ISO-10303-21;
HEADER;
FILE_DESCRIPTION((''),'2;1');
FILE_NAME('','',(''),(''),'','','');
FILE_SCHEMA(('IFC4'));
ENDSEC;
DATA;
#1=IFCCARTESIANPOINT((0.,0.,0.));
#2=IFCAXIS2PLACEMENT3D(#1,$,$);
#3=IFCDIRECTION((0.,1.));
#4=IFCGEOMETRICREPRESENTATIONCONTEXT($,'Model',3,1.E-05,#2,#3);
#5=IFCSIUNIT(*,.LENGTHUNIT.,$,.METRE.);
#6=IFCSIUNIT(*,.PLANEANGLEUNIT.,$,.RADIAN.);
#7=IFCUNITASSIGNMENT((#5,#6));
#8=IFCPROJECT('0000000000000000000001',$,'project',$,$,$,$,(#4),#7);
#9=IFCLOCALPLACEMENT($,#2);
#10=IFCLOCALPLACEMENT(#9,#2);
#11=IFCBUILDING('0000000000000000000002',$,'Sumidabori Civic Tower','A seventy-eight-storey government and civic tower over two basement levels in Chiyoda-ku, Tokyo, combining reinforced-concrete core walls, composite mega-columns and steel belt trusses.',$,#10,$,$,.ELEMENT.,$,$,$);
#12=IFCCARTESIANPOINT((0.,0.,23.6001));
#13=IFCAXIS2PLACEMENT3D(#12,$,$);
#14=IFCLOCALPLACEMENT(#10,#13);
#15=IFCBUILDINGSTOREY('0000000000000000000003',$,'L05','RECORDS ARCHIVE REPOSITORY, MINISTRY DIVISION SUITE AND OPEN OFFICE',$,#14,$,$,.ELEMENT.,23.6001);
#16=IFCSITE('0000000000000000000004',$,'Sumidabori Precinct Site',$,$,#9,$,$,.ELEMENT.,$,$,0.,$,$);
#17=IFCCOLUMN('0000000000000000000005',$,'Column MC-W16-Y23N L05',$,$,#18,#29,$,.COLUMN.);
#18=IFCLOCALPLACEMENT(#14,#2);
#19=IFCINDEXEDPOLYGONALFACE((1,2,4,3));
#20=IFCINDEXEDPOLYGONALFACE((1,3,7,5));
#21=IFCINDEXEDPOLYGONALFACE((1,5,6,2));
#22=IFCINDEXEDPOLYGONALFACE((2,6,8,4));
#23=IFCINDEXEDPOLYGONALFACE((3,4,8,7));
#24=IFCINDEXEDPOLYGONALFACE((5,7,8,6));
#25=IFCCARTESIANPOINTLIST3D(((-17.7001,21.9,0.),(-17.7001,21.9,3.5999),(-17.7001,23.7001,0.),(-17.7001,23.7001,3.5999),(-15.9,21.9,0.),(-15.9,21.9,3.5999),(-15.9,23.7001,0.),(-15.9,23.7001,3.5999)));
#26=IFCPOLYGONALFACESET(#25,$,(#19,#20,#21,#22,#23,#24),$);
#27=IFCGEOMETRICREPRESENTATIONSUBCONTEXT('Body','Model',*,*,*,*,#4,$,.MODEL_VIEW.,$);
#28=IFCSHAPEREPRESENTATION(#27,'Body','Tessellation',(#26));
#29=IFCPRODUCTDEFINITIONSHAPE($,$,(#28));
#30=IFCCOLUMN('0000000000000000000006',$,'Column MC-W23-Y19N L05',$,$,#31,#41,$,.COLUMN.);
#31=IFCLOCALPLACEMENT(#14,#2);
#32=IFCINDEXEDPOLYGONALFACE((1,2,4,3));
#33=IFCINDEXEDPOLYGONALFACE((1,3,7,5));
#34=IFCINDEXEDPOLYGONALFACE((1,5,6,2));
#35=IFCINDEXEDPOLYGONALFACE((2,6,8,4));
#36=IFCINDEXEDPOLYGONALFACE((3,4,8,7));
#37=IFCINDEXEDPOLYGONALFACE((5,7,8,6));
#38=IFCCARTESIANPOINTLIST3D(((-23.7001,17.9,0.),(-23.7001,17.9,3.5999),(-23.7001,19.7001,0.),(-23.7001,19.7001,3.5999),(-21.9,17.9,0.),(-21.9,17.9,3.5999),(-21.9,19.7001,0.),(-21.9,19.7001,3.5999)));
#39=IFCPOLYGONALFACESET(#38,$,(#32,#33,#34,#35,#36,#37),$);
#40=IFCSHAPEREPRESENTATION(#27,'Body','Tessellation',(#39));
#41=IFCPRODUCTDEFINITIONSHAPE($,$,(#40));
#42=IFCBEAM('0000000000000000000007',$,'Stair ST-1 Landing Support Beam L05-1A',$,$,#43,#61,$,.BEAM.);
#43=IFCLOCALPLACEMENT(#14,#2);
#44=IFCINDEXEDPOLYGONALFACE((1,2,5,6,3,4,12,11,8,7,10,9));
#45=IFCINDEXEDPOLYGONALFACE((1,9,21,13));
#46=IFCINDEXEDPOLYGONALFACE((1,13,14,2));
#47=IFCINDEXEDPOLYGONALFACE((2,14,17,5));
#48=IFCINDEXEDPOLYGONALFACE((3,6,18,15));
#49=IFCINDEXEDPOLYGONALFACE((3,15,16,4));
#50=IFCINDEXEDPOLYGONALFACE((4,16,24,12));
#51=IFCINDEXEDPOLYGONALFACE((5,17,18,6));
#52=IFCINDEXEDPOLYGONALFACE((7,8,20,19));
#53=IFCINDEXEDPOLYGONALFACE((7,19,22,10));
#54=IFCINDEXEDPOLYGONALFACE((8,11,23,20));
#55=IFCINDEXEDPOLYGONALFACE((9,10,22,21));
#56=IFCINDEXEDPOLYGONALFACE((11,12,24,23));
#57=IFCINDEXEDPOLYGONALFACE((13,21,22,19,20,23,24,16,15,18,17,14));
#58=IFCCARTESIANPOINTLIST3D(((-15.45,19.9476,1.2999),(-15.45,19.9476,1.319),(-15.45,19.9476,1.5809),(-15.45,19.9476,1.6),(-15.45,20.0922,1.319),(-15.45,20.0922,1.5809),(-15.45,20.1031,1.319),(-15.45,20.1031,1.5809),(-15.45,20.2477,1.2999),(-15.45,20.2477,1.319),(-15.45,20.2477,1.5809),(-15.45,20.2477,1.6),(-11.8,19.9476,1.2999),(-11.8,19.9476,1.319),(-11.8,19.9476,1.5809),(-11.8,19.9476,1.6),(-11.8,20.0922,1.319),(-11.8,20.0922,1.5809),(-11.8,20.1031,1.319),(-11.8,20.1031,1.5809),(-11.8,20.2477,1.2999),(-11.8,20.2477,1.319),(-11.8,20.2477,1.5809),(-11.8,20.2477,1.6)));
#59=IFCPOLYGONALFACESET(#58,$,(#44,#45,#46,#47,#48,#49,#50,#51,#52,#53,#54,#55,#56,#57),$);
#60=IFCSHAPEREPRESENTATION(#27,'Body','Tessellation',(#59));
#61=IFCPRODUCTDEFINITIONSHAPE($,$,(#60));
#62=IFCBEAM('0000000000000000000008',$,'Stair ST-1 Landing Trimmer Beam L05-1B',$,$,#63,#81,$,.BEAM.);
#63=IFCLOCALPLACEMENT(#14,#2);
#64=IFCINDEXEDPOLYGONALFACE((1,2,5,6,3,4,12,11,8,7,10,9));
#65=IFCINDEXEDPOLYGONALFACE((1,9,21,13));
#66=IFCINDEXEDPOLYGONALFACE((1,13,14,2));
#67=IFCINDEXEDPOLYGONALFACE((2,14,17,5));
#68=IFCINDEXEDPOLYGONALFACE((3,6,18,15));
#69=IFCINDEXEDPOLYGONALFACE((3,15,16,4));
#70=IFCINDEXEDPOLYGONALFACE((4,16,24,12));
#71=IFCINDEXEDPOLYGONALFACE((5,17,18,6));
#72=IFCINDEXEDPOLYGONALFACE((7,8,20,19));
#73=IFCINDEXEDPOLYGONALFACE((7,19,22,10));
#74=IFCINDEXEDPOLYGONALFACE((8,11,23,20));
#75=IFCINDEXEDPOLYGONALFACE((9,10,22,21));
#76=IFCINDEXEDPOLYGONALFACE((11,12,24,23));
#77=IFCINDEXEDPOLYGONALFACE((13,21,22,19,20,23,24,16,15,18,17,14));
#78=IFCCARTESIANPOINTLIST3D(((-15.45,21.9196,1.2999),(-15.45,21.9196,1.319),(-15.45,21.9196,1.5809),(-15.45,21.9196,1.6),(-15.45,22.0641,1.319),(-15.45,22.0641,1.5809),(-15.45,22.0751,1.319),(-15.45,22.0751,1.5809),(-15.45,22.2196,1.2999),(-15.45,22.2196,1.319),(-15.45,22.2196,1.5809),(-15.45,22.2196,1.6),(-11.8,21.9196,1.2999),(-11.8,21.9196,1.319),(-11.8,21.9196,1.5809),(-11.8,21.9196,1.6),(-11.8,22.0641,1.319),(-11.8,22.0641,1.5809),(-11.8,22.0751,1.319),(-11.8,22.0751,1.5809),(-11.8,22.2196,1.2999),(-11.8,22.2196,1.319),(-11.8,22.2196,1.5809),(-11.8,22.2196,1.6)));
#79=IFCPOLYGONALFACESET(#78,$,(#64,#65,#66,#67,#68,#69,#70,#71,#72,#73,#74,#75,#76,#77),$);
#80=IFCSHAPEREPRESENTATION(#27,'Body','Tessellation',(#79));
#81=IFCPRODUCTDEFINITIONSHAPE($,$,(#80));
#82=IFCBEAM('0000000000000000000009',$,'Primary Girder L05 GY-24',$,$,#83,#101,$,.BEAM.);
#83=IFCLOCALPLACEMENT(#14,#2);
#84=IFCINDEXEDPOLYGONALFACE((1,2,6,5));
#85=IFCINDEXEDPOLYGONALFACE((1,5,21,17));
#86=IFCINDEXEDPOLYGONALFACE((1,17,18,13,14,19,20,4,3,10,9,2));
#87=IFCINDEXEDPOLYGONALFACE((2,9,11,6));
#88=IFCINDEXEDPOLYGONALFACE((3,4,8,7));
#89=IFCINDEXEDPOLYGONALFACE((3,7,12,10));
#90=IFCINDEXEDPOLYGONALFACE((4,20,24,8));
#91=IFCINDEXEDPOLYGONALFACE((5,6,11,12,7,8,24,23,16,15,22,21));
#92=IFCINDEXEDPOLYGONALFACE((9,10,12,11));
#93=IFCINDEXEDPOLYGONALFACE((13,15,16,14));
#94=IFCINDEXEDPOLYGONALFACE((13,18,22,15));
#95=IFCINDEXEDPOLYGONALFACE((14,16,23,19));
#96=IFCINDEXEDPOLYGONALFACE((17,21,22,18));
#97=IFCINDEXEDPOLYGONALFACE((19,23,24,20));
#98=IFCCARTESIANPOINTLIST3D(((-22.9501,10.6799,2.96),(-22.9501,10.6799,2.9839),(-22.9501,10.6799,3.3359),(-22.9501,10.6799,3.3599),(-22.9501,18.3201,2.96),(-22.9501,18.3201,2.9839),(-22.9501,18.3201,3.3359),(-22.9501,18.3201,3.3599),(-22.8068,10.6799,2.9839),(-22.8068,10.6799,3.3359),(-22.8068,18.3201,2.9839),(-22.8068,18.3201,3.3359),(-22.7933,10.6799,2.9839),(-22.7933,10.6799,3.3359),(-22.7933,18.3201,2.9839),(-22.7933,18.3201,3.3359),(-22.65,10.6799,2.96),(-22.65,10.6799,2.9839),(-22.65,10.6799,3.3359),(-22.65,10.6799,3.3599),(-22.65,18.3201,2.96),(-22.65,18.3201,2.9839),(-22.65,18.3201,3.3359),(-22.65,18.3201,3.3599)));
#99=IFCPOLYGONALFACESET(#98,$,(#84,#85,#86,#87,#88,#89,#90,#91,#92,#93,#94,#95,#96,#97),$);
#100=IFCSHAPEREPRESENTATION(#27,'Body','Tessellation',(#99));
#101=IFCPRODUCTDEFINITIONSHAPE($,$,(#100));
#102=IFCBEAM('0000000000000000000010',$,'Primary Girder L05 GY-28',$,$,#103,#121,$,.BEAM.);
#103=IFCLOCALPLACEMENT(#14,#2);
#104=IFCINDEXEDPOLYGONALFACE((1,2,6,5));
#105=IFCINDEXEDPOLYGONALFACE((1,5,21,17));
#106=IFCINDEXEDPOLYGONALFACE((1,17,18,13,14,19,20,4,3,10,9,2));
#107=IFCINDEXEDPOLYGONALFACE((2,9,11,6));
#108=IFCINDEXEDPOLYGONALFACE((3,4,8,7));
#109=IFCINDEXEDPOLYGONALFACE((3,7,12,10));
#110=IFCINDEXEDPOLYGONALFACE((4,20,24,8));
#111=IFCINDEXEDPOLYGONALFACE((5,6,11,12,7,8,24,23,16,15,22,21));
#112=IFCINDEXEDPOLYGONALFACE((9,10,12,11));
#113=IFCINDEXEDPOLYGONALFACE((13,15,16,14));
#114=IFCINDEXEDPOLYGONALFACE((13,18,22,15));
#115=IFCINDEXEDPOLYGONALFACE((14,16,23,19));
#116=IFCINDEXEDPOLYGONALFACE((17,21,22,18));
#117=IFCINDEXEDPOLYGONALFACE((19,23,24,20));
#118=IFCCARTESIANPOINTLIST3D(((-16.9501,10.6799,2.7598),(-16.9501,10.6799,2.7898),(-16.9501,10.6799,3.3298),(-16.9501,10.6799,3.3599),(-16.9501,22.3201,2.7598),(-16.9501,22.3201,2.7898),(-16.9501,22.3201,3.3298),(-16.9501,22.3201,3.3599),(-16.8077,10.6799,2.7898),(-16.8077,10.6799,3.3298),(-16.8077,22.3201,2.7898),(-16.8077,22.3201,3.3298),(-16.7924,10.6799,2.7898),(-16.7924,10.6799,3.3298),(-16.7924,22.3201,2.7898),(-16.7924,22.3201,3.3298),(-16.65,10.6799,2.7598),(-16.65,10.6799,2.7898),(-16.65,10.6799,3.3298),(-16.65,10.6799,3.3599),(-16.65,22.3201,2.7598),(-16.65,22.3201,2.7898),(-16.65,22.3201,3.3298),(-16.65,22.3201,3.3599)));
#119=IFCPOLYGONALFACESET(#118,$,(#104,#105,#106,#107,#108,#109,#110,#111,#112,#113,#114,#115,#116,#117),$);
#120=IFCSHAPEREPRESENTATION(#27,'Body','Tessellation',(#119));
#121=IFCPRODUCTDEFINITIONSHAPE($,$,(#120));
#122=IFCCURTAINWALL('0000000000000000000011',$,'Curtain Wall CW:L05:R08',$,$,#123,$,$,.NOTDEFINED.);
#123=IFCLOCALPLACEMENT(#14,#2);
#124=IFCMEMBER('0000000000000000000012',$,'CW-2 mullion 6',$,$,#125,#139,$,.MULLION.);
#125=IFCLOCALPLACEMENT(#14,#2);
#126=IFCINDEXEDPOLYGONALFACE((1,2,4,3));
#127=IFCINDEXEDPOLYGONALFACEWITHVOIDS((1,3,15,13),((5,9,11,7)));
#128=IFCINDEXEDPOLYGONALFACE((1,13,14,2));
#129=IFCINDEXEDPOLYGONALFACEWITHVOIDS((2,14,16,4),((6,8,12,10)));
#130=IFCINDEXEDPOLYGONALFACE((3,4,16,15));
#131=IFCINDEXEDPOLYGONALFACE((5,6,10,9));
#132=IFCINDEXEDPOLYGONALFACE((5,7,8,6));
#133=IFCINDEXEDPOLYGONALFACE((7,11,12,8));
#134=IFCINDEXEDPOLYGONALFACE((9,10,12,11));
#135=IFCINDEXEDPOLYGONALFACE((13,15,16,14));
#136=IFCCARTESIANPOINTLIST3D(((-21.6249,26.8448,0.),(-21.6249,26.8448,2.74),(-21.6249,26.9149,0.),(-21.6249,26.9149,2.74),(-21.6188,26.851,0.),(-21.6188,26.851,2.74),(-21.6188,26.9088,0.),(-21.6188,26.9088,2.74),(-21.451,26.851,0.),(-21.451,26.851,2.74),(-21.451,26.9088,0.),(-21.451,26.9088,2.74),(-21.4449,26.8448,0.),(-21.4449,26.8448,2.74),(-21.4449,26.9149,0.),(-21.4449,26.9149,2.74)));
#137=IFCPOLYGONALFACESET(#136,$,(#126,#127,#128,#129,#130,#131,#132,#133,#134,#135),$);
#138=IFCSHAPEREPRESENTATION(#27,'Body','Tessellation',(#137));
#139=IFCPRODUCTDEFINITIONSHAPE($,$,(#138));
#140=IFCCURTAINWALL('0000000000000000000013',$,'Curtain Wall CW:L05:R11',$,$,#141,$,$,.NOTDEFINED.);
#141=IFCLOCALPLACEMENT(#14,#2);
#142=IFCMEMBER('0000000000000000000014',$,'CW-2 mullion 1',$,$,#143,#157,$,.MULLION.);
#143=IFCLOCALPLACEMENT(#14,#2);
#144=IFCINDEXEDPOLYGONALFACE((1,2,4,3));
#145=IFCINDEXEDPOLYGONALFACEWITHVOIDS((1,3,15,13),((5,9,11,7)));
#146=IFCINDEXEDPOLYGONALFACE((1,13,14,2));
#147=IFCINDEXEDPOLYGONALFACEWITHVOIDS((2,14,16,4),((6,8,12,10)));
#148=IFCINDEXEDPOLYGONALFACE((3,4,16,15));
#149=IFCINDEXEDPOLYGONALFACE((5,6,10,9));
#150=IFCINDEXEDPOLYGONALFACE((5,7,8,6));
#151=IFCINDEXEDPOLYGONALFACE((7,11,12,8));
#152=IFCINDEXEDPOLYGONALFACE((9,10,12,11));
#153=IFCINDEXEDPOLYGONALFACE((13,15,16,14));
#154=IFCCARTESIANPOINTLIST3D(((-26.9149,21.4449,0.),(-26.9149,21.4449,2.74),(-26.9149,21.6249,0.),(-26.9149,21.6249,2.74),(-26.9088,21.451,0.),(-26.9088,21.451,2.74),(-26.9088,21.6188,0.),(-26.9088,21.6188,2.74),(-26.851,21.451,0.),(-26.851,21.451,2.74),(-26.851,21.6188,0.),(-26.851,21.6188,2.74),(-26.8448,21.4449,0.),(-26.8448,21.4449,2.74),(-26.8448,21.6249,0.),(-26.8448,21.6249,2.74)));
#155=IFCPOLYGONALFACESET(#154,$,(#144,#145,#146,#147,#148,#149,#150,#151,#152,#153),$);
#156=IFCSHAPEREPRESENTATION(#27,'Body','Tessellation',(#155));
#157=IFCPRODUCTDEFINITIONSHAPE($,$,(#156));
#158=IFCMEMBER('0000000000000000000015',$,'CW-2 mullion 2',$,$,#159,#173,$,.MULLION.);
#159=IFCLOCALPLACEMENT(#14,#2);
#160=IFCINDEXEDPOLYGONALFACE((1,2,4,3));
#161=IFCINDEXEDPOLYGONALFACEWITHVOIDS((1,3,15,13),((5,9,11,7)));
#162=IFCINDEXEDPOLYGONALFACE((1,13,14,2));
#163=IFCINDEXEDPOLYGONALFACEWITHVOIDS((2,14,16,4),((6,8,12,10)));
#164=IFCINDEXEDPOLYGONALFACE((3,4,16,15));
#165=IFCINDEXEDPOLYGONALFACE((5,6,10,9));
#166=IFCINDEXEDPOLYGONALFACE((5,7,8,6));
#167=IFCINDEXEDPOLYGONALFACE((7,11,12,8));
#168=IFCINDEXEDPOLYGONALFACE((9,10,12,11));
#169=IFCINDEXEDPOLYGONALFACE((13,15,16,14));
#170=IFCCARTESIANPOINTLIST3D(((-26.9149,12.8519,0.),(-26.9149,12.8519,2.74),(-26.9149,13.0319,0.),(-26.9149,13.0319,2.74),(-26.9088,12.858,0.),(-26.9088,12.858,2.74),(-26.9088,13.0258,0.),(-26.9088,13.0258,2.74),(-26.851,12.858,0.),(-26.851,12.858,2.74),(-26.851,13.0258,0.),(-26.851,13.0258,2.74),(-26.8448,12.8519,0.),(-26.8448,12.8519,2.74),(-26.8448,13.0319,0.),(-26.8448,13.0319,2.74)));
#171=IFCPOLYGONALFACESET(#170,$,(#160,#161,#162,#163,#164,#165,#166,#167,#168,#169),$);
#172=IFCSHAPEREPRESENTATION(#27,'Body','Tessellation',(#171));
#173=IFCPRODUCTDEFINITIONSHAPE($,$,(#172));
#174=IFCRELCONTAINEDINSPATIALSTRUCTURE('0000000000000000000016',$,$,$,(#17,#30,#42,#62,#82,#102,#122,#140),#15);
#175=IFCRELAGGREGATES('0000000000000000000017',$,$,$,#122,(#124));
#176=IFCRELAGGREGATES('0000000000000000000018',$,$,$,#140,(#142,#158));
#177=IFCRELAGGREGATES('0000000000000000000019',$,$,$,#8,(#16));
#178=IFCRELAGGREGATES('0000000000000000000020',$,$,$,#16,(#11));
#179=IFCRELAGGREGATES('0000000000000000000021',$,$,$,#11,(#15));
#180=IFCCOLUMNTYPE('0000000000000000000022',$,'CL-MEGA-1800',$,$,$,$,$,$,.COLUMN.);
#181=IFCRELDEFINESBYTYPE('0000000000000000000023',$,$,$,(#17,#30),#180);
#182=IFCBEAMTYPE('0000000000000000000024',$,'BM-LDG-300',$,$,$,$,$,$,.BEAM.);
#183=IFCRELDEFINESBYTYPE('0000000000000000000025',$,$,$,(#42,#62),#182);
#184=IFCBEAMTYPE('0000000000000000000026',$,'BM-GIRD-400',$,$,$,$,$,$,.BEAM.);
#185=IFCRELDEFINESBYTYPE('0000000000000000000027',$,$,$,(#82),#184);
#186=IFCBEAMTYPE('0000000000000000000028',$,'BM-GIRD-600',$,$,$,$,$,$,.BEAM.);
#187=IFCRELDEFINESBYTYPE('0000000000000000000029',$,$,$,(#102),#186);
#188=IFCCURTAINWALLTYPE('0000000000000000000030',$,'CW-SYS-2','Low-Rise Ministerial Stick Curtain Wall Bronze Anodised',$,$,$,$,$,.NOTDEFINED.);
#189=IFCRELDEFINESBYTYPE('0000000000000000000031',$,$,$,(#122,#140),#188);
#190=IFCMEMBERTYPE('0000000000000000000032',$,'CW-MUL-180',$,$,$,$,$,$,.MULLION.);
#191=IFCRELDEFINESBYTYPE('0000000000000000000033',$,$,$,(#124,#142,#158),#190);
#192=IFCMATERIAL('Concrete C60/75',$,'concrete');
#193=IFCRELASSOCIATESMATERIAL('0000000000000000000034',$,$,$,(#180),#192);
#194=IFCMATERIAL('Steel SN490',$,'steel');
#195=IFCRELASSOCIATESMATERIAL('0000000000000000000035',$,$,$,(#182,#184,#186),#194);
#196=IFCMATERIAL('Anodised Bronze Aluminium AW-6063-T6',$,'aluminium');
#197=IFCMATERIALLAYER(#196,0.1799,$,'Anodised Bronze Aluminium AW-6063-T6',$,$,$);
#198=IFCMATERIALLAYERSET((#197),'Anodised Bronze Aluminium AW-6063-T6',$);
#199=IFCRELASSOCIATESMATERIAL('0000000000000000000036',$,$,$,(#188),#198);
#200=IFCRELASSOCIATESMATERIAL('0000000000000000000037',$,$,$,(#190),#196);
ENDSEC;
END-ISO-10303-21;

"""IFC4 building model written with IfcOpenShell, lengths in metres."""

from ifc_helpers import new_model, si_unit, direction, frame, origin, origin_2d, place, context, subcontext, project, spatial, rectangle, hollow_rectangle, i_section, extrude, source, transform, mapped, material, layer, layer_set, material_profile, profile_set, type_object, element, aggregate, save


model = new_model("IFC4")

# Units and contexts
model_context = context("Model", 3, precision=1e-05, world=origin(), true_north=direction((0.0, 1.0)))
body_context = subcontext(model_context, "Body", "Model", "MODEL_VIEW")
ifc_project = project(units=[si_unit("LENGTHUNIT", "METRE"), si_unit("PLANEANGLEUNIT", "RADIAN")], contexts=[model_context])

# Site, building, storey
site_placement = place(None, origin())
site = spatial("IfcSite", under=ifc_project, at=site_placement, Name="Sumidabori Precinct Site", CompositionType="ELEMENT", RefElevation=0.0)
building_placement = place(site_placement, origin())
building = spatial("IfcBuilding", under=site, at=building_placement, Name="Sumidabori Civic Tower", Description="A seventy-eight-storey government and civic tower over two basement levels in Chiyoda-ku, Tokyo, combining reinforced-concrete core walls, composite mega-columns and steel belt trusses.", CompositionType="ELEMENT")
storey_placement = place(building_placement, frame((0.0, 0.0, 23.6001)))
storey = spatial("IfcBuildingStorey", under=building, at=storey_placement, Name="L05", Description="RECORDS ARCHIVE REPOSITORY, MINISTRY DIVISION SUITE AND OPEN OFFICE", CompositionType="ELEMENT", Elevation=23.6001)

# Columns
ifc_material_1 = material(Name="Concrete C60/75", Category="concrete")
ifc_material_profile_1 = material_profile(ifc_material_1, rectangle(XDim=1.8, YDim=1.8, at=origin_2d()), Name="RC 1800x1800")
ifc_profile_set_1 = profile_set([ifc_material_profile_1], Name="Concrete C60/75")
column_type = type_object("IfcColumnType", Name="CL-MEGA-1800", PredefinedType="COLUMN", material=ifc_profile_set_1)
shared_shape_1 = source(origin(), body_context, "Body", "SweptSolid", [
    extrude(rectangle(XDim=1.8, YDim=1.8, at=origin_2d()), origin(), (0.0, 0.0, 1.0), 3.5999),
])
for number, where, z_axis, x_axis, name in (
    (1, (-16.8, 22.8, 0.0), (0.0, 0.0, 1.0), (1.0, 0.0, 0.0), "Column MC-W16-Y23N L05"),
    (2, (-22.8, 18.8, 0.0), (0.0, 0.0, 1.0), (1.0, 0.0, 0.0), "Column MC-W23-Y19N L05"),
):
    element("IfcColumn", number, at=place(storey_placement, frame(where, z_axis=z_axis, x_axis=x_axis)), inside=storey, type_object=column_type, Name=name, PredefinedType="COLUMN", context=body_context, shape_type="MappedRepresentation", body=[
        mapped(shared_shape_1, transform((0.0, 0.0, 0.0), x_axis=(1.0, 0.0, 0.0), y_axis=(0.0, 1.0, 0.0), z_axis=(0.0, 0.0, 1.0), scale=1.0)),
    ])

# Beams
ifc_material_2 = material(Name="Steel SN490", Category="steel")
ifc_material_profile_2 = material_profile(ifc_material_2, i_section(OverallWidth=0.3, OverallDepth=0.3, WebThickness=0.011, FlangeThickness=0.019, at=origin_2d()), Name="HE 300 B")
ifc_profile_set_2 = profile_set([ifc_material_profile_2], Name="Steel SN490")
beam_type_1 = type_object("IfcBeamType", Name="BM-LDG-300", PredefinedType="BEAM", material=ifc_profile_set_2)
shared_shape_2 = source(origin(), body_context, "Body", "SweptSolid", [
    extrude(i_section(OverallWidth=0.3, OverallDepth=0.3, WebThickness=0.011, FlangeThickness=0.019, at=origin_2d()), origin(), (0.0, 0.0, 1.0), 3.6499),
])
for number, where, z_axis, x_axis, name in (
    (3, (-15.45, 20.0977, 1.45), (1.0, 0.0, 0.0), (0.0, 1.0, 0.0), "Stair ST-1 Landing Support Beam L05-1A"),
    (4, (-15.45, 22.0696, 1.45), (1.0, 0.0, 0.0), (0.0, 1.0, 0.0), "Stair ST-1 Landing Trimmer Beam L05-1B"),
):
    element("IfcBeam", number, at=place(storey_placement, frame(where, z_axis=z_axis, x_axis=x_axis)), inside=storey, type_object=beam_type_1, Name=name, PredefinedType="BEAM", context=body_context, shape_type="MappedRepresentation", body=[
        mapped(shared_shape_2, transform((0.0, 0.0, 0.0), x_axis=(1.0, 0.0, 0.0), y_axis=(0.0, 1.0, 0.0), z_axis=(0.0, 0.0, 1.0), scale=1.0)),
    ])
ifc_material_profile_3 = material_profile(ifc_material_2, i_section(OverallWidth=0.3, OverallDepth=0.3999, WebThickness=0.0134, FlangeThickness=0.0239, at=origin_2d()), Name="HE 400 B")
ifc_profile_set_3 = profile_set([ifc_material_profile_3], Name="Steel SN490")
beam_type_2 = type_object("IfcBeamType", Name="BM-GIRD-400", PredefinedType="BEAM", material=ifc_profile_set_3)
shared_shape_3 = source(origin(), body_context, "Body", "SweptSolid", [
    extrude(i_section(OverallWidth=0.3, OverallDepth=0.3999, WebThickness=0.0134, FlangeThickness=0.0239, at=origin_2d()), origin(), (0.0, 0.0, 1.0), 7.6401),
])
beam_1_placement = place(storey_placement, frame((-22.8, 10.6799, 3.1599), z_axis=(0.0, 1.0, 0.0), x_axis=(-1.0, 0.0, 0.0)))
element("IfcBeam", 5, at=beam_1_placement, inside=storey, type_object=beam_type_2, Name="Primary Girder L05 GY-24", PredefinedType="BEAM", context=body_context, shape_type="MappedRepresentation", body=[
    mapped(shared_shape_3, transform((0.0, 0.0, 0.0), x_axis=(1.0, 0.0, 0.0), y_axis=(0.0, 1.0, 0.0), z_axis=(0.0, 0.0, 1.0), scale=1.0)),
])
ifc_material_profile_4 = material_profile(ifc_material_2, i_section(OverallWidth=0.3, OverallDepth=0.6001, WebThickness=0.0154, FlangeThickness=0.03, at=origin_2d()), Name="HE 600 B")
ifc_profile_set_4 = profile_set([ifc_material_profile_4], Name="Steel SN490")
beam_type_3 = type_object("IfcBeamType", Name="BM-GIRD-600", PredefinedType="BEAM", material=ifc_profile_set_4)
shared_shape_4 = source(origin(), body_context, "Body", "SweptSolid", [
    extrude(i_section(OverallWidth=0.3, OverallDepth=0.6001, WebThickness=0.0154, FlangeThickness=0.03, at=origin_2d()), origin(), (0.0, 0.0, 1.0), 11.6401),
])
beam_2_placement = place(storey_placement, frame((-16.8, 10.6799, 3.0598), z_axis=(0.0, 1.0, 0.0), x_axis=(-1.0, 0.0, 0.0)))
element("IfcBeam", 6, at=beam_2_placement, inside=storey, type_object=beam_type_3, Name="Primary Girder L05 GY-28", PredefinedType="BEAM", context=body_context, shape_type="MappedRepresentation", body=[
    mapped(shared_shape_4, transform((0.0, 0.0, 0.0), x_axis=(1.0, 0.0, 0.0), y_axis=(0.0, 1.0, 0.0), z_axis=(0.0, 0.0, 1.0), scale=1.0)),
])

# Curtain wall, member
ifc_material_3 = material(Name="Anodised Bronze Aluminium AW-6063-T6", Category="aluminium")
ifc_layer_1 = layer(ifc_material_3, 0.1799, Name="Anodised Bronze Aluminium AW-6063-T6")
ifc_layer_set_1 = layer_set([ifc_layer_1], Name="Anodised Bronze Aluminium AW-6063-T6")
curtain_wall_type = type_object("IfcCurtainWallType", Name="CW-SYS-2", Description="Low-Rise Ministerial Stick Curtain Wall Bronze Anodised", PredefinedType="NOTDEFINED", material=ifc_layer_set_1)
curtain_wall_1_placement = place(storey_placement, origin())
curtain_wall_1 = element("IfcCurtainWall", 7, at=curtain_wall_1_placement, inside=storey, type_object=curtain_wall_type, Name="Curtain Wall CW:L05:R08", PredefinedType="NOTDEFINED")
ifc_material_profile_5 = material_profile(ifc_material_3, hollow_rectangle(XDim=0.0701, YDim=0.1799, WallThickness=0.0061, at=origin_2d()), Name="ALU MULLION 180x70")
ifc_profile_set_5 = profile_set([ifc_material_profile_5], Name="Anodised Bronze Aluminium AW-6063-T6")
member_type_1 = type_object("IfcMemberType", Name="CW-MUL-180", PredefinedType="MULLION", material=ifc_profile_set_5)
shared_shape_5 = source(origin(), body_context, "Body", "SweptSolid", [
    extrude(hollow_rectangle(XDim=0.0701, YDim=0.1799, WallThickness=0.0061, at=origin_2d()), origin(), (0.0, 0.0, 1.0), 2.74),
])
member_1_placement = place(storey_placement, frame((-21.5349, 26.8799, 0.0), z_axis=(0.0, 0.0, 1.0), x_axis=(0.0, -1.0, 0.0)))
member_1 = element("IfcMember", 8, at=member_1_placement, type_object=member_type_1, Name="CW-2 mullion 6", PredefinedType="MULLION", context=body_context, shape_type="MappedRepresentation", body=[
    mapped(shared_shape_5, transform((0.0, 0.0, 0.0), x_axis=(1.0, 0.0, 0.0), y_axis=(0.0, 1.0, 0.0), z_axis=(0.0, 0.0, 1.0), scale=1.0)),
])

# Curtain wall, members
curtain_wall_2_placement = place(storey_placement, origin())
curtain_wall_2 = element("IfcCurtainWall", 9, at=curtain_wall_2_placement, inside=storey, type_object=curtain_wall_type, Name="Curtain Wall CW:L05:R11", PredefinedType="NOTDEFINED")
member_2_placement = place(storey_placement, frame((-26.8799, 21.5349, 0.0), z_axis=(0.0, 0.0, 1.0), x_axis=(1.0, 0.0, 0.0)))
member_2 = element("IfcMember", 10, at=member_2_placement, type_object=member_type_1, Name="CW-2 mullion 1", PredefinedType="MULLION", context=body_context, shape_type="MappedRepresentation", body=[
    mapped(shared_shape_5, transform((0.0, 0.0, 0.0), x_axis=(1.0, 0.0, 0.0), y_axis=(0.0, 1.0, 0.0), z_axis=(0.0, 0.0, 1.0), scale=1.0)),
])
member_3_placement = place(storey_placement, frame((-26.8799, 12.9419, 0.0), z_axis=(0.0, 0.0, 1.0), x_axis=(1.0, 0.0, 0.0)))
member_3 = element("IfcMember", 11, at=member_3_placement, type_object=member_type_1, Name="CW-2 mullion 2", PredefinedType="MULLION", context=body_context, shape_type="MappedRepresentation", body=[
    mapped(shared_shape_5, transform((0.0, 0.0, 0.0), x_axis=(1.0, 0.0, 0.0), y_axis=(0.0, 1.0, 0.0), z_axis=(0.0, 0.0, 1.0), scale=1.0)),
])

aggregate(curtain_wall_1, [member_1])
aggregate(curtain_wall_2, [member_2, member_3])

save(model, "model.ifc")
